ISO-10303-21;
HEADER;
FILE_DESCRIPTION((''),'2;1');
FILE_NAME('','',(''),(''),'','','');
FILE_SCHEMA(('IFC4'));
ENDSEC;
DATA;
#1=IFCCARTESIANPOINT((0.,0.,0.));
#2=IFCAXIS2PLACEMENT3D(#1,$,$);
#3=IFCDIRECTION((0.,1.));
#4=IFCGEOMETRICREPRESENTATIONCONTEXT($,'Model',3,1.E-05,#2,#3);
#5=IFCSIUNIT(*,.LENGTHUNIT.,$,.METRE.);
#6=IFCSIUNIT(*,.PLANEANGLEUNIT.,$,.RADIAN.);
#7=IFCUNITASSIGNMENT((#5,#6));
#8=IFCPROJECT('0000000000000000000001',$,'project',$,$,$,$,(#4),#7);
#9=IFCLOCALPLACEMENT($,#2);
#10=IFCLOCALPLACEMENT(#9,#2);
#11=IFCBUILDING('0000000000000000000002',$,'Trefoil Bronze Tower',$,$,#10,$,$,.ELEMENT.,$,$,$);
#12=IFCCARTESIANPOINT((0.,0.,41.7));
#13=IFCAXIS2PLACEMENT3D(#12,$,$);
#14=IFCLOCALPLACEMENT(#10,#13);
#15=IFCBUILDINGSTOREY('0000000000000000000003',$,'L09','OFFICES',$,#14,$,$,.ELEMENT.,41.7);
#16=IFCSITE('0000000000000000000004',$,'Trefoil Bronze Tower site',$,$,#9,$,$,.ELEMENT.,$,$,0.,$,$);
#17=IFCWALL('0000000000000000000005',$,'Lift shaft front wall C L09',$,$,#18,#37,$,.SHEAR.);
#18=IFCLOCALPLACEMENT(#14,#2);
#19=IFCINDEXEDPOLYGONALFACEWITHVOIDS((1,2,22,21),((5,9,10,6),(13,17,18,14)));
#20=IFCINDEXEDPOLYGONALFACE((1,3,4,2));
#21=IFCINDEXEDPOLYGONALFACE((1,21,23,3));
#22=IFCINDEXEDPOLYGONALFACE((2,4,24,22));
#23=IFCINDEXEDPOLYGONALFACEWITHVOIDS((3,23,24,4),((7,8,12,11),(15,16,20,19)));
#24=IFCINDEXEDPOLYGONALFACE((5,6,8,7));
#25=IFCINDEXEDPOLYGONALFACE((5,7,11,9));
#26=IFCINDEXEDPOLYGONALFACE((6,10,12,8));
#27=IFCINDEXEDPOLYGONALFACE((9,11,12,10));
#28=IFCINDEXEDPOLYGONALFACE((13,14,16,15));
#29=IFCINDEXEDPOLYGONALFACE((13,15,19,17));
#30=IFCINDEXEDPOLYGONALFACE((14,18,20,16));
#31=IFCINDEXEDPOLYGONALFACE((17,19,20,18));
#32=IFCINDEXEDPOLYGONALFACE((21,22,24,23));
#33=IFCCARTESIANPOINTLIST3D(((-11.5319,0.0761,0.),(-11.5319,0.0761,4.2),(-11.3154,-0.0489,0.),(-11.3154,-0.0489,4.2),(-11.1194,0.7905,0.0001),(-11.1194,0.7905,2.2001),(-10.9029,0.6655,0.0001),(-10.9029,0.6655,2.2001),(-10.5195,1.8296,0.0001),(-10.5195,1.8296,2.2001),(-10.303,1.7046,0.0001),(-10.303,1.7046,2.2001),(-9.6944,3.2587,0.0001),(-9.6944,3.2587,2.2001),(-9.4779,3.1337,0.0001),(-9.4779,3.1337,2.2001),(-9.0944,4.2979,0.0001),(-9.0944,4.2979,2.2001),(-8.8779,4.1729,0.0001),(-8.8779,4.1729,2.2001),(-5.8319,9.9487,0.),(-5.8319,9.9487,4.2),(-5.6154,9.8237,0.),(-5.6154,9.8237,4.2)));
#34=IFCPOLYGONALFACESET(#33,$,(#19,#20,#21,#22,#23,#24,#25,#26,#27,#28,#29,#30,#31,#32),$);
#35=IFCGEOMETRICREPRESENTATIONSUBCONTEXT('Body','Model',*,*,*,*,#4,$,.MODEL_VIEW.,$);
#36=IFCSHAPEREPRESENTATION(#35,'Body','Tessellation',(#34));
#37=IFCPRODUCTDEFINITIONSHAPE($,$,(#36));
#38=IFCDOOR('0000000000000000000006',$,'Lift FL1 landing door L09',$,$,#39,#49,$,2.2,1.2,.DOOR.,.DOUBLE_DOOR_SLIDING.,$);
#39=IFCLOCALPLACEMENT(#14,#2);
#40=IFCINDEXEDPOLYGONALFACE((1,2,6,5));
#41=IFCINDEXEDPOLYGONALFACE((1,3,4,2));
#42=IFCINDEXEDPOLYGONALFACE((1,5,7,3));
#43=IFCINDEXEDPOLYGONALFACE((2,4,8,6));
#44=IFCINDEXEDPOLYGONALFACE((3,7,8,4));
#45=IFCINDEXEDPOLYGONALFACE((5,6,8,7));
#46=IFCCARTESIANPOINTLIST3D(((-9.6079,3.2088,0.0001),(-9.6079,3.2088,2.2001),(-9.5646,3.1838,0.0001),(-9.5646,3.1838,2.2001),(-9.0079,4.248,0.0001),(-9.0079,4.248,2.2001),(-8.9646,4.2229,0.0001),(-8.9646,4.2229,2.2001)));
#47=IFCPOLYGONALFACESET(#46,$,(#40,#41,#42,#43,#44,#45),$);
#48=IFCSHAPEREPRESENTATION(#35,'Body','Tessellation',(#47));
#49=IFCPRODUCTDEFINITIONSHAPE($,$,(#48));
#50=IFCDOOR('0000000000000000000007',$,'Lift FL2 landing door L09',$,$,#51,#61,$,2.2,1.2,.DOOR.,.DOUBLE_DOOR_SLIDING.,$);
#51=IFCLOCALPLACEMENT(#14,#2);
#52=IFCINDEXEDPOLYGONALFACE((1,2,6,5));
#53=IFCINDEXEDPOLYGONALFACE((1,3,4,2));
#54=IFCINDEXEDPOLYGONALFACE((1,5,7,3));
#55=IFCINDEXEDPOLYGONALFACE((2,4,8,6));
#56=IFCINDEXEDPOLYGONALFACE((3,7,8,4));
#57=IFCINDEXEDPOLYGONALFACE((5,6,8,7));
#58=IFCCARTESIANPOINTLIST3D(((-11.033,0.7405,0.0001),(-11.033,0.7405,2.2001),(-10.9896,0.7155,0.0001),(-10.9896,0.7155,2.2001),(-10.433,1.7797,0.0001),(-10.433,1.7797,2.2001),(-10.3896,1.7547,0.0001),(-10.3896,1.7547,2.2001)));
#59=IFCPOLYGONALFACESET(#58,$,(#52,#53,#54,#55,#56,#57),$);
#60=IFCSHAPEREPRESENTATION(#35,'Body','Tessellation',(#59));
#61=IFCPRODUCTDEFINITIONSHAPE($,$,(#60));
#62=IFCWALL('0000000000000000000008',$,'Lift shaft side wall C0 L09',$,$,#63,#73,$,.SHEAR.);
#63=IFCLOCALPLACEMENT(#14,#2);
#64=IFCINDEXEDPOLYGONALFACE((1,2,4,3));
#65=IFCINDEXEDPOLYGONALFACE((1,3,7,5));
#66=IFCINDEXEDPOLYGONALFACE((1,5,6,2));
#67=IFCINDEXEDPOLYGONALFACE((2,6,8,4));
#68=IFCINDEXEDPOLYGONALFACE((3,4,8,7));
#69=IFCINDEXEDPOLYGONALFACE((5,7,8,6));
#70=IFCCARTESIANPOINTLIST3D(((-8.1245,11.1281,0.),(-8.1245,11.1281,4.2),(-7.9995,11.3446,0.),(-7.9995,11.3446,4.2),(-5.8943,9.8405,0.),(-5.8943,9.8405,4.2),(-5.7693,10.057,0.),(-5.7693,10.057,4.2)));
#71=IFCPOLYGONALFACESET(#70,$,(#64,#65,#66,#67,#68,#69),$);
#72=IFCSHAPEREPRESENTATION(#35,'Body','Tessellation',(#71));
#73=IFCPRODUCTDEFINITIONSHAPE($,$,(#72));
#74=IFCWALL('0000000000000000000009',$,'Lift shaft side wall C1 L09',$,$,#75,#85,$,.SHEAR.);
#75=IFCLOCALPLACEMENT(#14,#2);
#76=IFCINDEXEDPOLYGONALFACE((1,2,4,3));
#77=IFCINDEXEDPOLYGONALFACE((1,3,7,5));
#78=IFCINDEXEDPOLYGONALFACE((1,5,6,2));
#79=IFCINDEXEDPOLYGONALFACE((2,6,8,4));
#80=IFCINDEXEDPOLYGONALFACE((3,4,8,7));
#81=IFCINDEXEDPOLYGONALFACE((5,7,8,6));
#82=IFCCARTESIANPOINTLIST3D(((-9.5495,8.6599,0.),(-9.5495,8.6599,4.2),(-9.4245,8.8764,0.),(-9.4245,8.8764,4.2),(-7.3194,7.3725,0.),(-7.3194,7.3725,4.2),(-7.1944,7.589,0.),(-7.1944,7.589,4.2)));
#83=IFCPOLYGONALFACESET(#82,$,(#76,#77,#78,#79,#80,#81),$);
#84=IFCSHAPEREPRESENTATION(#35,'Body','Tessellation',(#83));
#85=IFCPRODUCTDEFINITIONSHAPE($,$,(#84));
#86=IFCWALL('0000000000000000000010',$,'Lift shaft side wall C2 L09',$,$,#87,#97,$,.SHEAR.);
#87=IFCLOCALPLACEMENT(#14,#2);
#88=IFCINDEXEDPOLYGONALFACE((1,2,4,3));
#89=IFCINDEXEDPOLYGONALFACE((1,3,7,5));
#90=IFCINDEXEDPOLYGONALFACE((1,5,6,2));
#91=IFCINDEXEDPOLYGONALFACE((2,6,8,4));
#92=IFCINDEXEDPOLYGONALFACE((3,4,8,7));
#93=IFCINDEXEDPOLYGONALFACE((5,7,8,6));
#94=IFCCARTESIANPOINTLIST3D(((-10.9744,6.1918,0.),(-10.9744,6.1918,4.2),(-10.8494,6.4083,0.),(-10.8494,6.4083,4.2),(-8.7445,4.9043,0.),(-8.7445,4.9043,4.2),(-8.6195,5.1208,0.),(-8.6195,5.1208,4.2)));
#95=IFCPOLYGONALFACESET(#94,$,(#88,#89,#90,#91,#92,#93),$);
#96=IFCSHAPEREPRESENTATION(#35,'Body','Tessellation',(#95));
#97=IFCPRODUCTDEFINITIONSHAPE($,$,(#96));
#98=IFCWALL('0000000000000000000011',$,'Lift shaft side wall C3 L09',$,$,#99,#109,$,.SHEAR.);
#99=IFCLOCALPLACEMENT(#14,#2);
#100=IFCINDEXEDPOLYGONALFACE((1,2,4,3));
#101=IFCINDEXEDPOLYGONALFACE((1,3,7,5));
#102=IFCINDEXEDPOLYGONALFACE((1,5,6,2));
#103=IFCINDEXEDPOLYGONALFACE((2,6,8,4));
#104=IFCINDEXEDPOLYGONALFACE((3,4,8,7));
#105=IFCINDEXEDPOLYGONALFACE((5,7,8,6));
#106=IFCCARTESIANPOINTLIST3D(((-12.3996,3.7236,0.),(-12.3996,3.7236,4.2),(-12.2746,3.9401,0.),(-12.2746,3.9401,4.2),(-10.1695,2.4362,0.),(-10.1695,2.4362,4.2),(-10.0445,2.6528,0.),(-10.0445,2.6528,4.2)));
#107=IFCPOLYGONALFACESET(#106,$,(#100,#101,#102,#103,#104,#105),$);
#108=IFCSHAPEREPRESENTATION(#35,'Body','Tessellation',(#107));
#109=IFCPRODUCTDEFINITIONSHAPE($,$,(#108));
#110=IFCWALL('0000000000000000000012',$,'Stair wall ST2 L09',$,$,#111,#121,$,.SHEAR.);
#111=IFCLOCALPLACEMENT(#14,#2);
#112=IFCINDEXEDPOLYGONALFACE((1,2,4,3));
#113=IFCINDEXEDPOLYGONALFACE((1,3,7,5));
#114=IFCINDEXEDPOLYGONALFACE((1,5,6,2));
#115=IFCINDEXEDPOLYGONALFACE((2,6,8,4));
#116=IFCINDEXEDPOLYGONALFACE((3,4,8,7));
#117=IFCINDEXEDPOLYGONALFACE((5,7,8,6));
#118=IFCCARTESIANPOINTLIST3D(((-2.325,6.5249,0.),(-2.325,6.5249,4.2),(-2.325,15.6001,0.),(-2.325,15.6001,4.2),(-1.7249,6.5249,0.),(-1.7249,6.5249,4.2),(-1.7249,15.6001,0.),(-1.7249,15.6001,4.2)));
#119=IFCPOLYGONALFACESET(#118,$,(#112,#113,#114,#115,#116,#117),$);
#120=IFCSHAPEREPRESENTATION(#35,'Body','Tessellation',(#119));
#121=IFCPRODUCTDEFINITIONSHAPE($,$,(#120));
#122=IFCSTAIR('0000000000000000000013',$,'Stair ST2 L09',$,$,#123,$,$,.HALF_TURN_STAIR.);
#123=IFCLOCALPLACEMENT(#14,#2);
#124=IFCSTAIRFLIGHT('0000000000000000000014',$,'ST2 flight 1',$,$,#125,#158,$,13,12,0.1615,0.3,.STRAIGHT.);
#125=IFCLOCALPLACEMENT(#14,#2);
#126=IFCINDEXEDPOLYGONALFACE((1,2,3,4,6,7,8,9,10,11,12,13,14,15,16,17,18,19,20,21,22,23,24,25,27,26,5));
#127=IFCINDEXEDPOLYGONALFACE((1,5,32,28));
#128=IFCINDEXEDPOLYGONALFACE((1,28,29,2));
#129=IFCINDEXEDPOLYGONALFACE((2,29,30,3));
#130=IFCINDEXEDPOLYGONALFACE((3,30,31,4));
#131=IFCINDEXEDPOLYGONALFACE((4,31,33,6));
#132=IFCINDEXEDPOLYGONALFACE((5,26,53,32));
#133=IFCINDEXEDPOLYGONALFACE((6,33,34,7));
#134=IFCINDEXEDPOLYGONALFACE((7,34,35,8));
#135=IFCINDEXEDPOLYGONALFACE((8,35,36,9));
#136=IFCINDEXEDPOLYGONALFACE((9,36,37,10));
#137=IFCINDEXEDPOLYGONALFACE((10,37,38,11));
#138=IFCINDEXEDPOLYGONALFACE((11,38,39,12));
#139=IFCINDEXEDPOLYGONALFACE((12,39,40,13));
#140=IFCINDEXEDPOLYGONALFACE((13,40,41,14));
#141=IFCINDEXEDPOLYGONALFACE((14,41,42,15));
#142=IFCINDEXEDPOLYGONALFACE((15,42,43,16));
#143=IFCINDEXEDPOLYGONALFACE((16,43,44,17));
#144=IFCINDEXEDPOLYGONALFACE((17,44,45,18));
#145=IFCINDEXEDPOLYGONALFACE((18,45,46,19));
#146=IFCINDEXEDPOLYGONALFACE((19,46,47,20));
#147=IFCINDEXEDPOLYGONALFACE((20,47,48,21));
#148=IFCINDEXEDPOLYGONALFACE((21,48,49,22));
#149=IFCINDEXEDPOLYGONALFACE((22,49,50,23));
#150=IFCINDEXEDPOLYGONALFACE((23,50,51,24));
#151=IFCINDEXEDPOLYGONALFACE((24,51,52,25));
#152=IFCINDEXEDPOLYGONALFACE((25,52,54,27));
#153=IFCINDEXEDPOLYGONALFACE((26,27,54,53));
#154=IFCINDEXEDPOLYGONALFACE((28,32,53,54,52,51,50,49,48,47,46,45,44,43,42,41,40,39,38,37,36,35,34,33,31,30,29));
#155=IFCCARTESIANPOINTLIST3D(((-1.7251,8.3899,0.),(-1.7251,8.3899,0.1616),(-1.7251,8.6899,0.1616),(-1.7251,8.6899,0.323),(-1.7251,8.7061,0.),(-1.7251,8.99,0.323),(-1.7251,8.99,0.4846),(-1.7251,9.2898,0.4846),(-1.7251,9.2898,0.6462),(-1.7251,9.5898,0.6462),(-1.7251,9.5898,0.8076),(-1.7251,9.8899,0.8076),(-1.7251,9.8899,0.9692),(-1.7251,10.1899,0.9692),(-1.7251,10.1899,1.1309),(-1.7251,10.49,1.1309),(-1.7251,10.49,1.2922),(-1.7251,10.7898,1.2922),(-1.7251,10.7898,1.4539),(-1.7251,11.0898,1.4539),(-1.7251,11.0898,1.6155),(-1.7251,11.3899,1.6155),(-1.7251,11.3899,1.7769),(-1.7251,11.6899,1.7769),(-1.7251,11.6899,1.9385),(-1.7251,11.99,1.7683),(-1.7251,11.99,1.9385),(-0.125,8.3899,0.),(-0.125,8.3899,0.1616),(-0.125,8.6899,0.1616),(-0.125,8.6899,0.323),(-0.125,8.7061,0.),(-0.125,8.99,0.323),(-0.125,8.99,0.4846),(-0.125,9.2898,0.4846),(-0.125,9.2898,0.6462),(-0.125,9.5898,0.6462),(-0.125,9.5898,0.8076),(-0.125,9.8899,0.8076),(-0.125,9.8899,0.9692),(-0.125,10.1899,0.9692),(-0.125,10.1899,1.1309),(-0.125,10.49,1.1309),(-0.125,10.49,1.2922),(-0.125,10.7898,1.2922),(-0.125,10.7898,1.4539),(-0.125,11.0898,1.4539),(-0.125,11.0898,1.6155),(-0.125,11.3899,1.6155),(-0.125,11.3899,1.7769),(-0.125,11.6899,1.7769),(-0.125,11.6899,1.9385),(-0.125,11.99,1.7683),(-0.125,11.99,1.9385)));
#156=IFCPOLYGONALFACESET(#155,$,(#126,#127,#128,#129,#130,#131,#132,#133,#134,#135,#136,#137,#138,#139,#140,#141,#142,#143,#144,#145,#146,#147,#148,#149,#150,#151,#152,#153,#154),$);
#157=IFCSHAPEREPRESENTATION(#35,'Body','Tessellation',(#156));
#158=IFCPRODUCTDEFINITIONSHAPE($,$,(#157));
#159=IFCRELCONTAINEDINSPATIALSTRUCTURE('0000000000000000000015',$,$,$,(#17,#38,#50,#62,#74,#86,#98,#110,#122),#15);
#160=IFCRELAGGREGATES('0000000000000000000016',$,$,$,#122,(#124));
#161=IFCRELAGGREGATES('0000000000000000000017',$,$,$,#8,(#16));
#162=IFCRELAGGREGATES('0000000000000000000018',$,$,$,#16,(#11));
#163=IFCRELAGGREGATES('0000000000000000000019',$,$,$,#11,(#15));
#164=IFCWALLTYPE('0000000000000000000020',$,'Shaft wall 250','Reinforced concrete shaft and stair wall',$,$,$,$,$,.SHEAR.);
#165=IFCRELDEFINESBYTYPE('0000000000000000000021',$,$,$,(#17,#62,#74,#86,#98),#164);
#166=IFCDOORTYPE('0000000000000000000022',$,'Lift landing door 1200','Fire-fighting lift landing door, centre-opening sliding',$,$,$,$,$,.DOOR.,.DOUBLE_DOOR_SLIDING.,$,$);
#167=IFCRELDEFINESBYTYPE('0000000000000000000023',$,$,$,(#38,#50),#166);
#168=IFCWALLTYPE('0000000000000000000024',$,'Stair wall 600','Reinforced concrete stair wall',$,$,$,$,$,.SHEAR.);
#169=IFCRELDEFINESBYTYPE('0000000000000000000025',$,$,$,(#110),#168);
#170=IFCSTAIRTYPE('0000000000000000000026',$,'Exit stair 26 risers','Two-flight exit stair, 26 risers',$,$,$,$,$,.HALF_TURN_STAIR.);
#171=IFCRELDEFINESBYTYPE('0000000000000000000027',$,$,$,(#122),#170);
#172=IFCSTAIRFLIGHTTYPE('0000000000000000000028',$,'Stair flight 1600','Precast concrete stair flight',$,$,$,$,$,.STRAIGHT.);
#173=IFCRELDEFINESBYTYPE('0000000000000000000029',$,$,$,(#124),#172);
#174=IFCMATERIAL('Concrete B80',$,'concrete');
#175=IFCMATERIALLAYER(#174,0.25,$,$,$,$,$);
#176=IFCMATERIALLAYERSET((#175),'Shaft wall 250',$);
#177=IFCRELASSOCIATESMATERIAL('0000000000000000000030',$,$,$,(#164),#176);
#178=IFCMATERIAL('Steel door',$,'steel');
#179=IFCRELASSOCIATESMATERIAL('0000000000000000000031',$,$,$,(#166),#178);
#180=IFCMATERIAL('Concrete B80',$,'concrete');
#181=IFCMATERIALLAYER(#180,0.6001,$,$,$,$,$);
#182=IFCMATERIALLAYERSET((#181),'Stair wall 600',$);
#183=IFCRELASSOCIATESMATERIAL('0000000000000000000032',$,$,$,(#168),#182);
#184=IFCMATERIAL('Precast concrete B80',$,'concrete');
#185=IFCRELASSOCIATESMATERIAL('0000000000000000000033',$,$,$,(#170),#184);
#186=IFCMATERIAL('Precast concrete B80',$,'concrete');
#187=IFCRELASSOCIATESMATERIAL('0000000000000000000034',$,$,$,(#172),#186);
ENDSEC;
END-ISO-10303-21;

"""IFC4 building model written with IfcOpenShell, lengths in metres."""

from ifc_helpers import new_model, si_unit, direction, frame, frame_2d, origin, place, context, subcontext, project, spatial, polyline, rectangle, outline, extrude, material, layer, layer_set, type_object, element, fill, aggregate, save


model = new_model("IFC4")

# Units and contexts
model_context = context("Model", 3, precision=1e-05, world=origin(), true_north=direction((0.0, 1.0)))
body_context = subcontext(model_context, "Body", "Model", "MODEL_VIEW")
ifc_project = project(units=[si_unit("LENGTHUNIT", "METRE"), si_unit("PLANEANGLEUNIT", "RADIAN")], contexts=[model_context])

# Site, building, storey
site_placement = place(None, origin())
site = spatial("IfcSite", under=ifc_project, at=site_placement, Name="Trefoil Bronze Tower site", CompositionType="ELEMENT", RefElevation=0.0)
building_placement = place(site_placement, origin())
building = spatial("IfcBuilding", under=site, at=building_placement, Name="Trefoil Bronze Tower", CompositionType="ELEMENT")
storey_placement = place(building_placement, frame((0.0, 0.0, 41.7)))
storey = spatial("IfcBuildingStorey", under=building, at=storey_placement, Name="L09", Description="OFFICES", CompositionType="ELEMENT", Elevation=41.7)

# Wall, openings, doors
ifc_material_1 = material(Name="Concrete B80", Category="concrete")
ifc_layer_1 = layer(ifc_material_1, 0.25)
ifc_layer_set_1 = layer_set([ifc_layer_1], Name="Shaft wall 250")
wall_type_1 = type_object("IfcWallType", Name="Shaft wall 250", Description="Reinforced concrete shaft and stair wall", PredefinedType="SHEAR", material=ifc_layer_set_1)
wall_1_placement = place(storey_placement, frame((-5.7236, 9.8862, 0.0), z_axis=(0.0, 0.0, 1.0), x_axis=(-0.500002, -0.866024, 0.0)))
wall_1 = element("IfcWall", 1, at=wall_1_placement, inside=storey, type_object=wall_type_1, Name="Lift shaft front wall C L09", PredefinedType="SHEAR", context=body_context, shape_type="SweptSolid", body=[
    extrude(rectangle(XDim=11.3999, YDim=0.25, at=frame_2d((5.7, 0.0))), origin(), (0.0, 0.0, 1.0), 4.2),
])
opening_1_placement = place(wall_1_placement, frame((6.5249, 0.0, 0.0)))
opening_1 = element("IfcOpeningElement", 2, at=opening_1_placement, cuts=wall_1, PredefinedType="OPENING", context=body_context, shape_type="SweptSolid", body=[
    extrude(rectangle(XDim=1.2, YDim=2.2, at=frame_2d((0.6001, 1.1001))), frame((0.0, 0.135, 0.0), z_axis=(0.0, -1.0, 0.0), x_axis=(1.0, 0.0, 0.0)), (0.0, 0.0, 1.0), 0.27),
])
opening_2_placement = place(wall_1_placement, frame((9.375, 0.0, 0.0)))
opening_2 = element("IfcOpeningElement", 3, at=opening_2_placement, cuts=wall_1, PredefinedType="OPENING", context=body_context, shape_type="SweptSolid", body=[
    extrude(rectangle(XDim=1.2, YDim=2.2, at=frame_2d((0.6001, 1.1001))), frame((0.0, 0.135, 0.0), z_axis=(0.0, -1.0, 0.0), x_axis=(1.0, 0.0, 0.0)), (0.0, 0.0, 1.0), 0.27),
])
ifc_material_2 = material(Name="Steel door", Category="steel")
door_type_1 = type_object("IfcDoorType", Name="Lift landing door 1200", Description="Fire-fighting lift landing door, centre-opening sliding", OperationType="DOUBLE_DOOR_SLIDING", PredefinedType="DOOR", material=ifc_material_2)
door_1_placement = place(opening_1_placement, origin())
door_1 = element("IfcDoor", 4, at=door_1_placement, inside=storey, type_object=door_type_1, Name="Lift FL1 landing door L09", OperationType="DOUBLE_DOOR_SLIDING", OverallHeight=2.2, OverallWidth=1.2, PredefinedType="DOOR", context=body_context, shape_type="SweptSolid", body=[
    extrude(rectangle(XDim=1.2, YDim=2.2, at=frame_2d((0.6001, 1.1001))), frame((0.0, 0.0249, 0.0), z_axis=(0.0, -1.0, 0.0), x_axis=(1.0, 0.0, 0.0)), (0.0, 0.0, 1.0), 0.05),
])
fill(opening_1, door_1)
door_2_placement = place(opening_2_placement, origin())
door_2 = element("IfcDoor", 5, at=door_2_placement, inside=storey, type_object=door_type_1, Name="Lift FL2 landing door L09", OperationType="DOUBLE_DOOR_SLIDING", OverallHeight=2.2, OverallWidth=1.2, PredefinedType="DOOR", context=body_context, shape_type="SweptSolid", body=[
    extrude(rectangle(XDim=1.2, YDim=2.2, at=frame_2d((0.6001, 1.1001))), frame((0.0, 0.0249, 0.0), z_axis=(0.0, -1.0, 0.0), x_axis=(1.0, 0.0, 0.0)), (0.0, 0.0, 1.0), 0.05),
])
fill(opening_2, door_2)

# Walls
wall_2_placement = place(storey_placement, frame((-5.8318, 9.9487, 0.0), z_axis=(0.0, 0.0, 1.0), x_axis=(-0.866029, 0.499993, 0.0)))
element("IfcWall", 6, at=wall_2_placement, inside=storey, type_object=wall_type_1, Name="Lift shaft side wall C0 L09", PredefinedType="SHEAR", context=body_context, shape_type="SweptSolid", body=[
    extrude(rectangle(XDim=2.5752, YDim=0.25, at=frame_2d((1.2876, 0.0))), origin(), (0.0, 0.0, 1.0), 4.2),
])
for number, where, z_axis, x_axis, name in (
    (7, (-7.2568, 7.4807, 0.0), (0.0, 0.0, 1.0), (-0.866047, 0.499963, 0.0), "Lift shaft side wall C1 L09"),
    (8, (-8.6819, 5.0125, 0.0), (0.0, 0.0, 1.0), (-0.866006, 0.500034, 0.0), "Lift shaft side wall C2 L09"),
    (9, (-10.1069, 2.5444, 0.0), (0.0, 0.0, 1.0), (-0.866047, 0.499963, 0.0), "Lift shaft side wall C3 L09"),
):
    element("IfcWall", number, at=place(storey_placement, frame(where, z_axis=z_axis, x_axis=x_axis)), inside=storey, type_object=wall_type_1, Name=name, PredefinedType="SHEAR", context=body_context, shape_type="SweptSolid", body=[
        extrude(rectangle(XDim=2.575, YDim=0.25, at=frame_2d((1.2876, 0.0))), origin(), (0.0, 0.0, 1.0), 4.2),
    ])
ifc_material_3 = material(Name="Concrete B80", Category="concrete")
ifc_layer_2 = layer(ifc_material_3, 0.6001)
ifc_layer_set_2 = layer_set([ifc_layer_2], Name="Stair wall 600")
wall_type_2 = type_object("IfcWallType", Name="Stair wall 600", Description="Reinforced concrete stair wall", PredefinedType="SHEAR", material=ifc_layer_set_2)
wall_3_placement = place(storey_placement, frame((-2.0249, 6.5249, 0.0), z_axis=(0.0, 0.0, 1.0), x_axis=(0.0, 1.0, 0.0)))
element("IfcWall", 10, at=wall_3_placement, inside=storey, type_object=wall_type_2, Name="Stair wall ST2 L09", PredefinedType="SHEAR", context=body_context, shape_type="SweptSolid", body=[
    extrude(rectangle(XDim=9.0752, YDim=0.6001, at=frame_2d((4.5376, 0.0))), origin(), (0.0, 0.0, 1.0), 4.2),
])

# Stair, stair flight
ifc_material_4 = material(Name="Precast concrete B80", Category="concrete")
stair_type = type_object("IfcStairType", Name="Exit stair 26 risers", Description="Two-flight exit stair, 26 risers", PredefinedType="HALF_TURN_STAIR", material=ifc_material_4)
stair_placement = place(storey_placement, origin())
stair = element("IfcStair", 11, at=stair_placement, inside=storey, type_object=stair_type, Name="Stair ST2 L09", PredefinedType="HALF_TURN_STAIR")
ifc_material_5 = material(Name="Precast concrete B80", Category="concrete")
stair_flight_type = type_object("IfcStairFlightType", Name="Stair flight 1600", Description="Precast concrete stair flight", PredefinedType="STRAIGHT", material=ifc_material_5)
stair_flight_placement = place(storey_placement, frame((-0.925, 8.3899, 0.0), z_axis=(0.0, 0.0, 1.0), x_axis=(0.0, 1.0, 0.0)))
stair_flight = element("IfcStairFlight", 12, at=stair_flight_placement, type_object=stair_flight_type, Name="ST2 flight 1", NumberOfRisers=13, NumberOfTreads=12, PredefinedType="STRAIGHT", RiserHeight=0.1615, TreadLength=0.3, context=body_context, shape_type="SweptSolid", body=[
    extrude(outline(polyline([(0.0, 0.0), (0.0, 0.1616), (0.3, 0.1616), (0.3, 0.323), (0.6001, 0.323), (0.6001, 0.4846), (0.8999, 0.4846), (0.8999, 0.6462), (1.2, 0.6462), (1.2, 0.8076), (1.5, 0.8076), (1.5, 0.9692), (1.8, 0.9692), (1.8, 1.1309), (2.1001, 1.1309), (2.1001, 1.2922), (2.3999, 1.2922), (2.3999, 1.4539), (2.7, 1.4539), (2.7, 1.6155), (3.0, 1.6155), (3.0, 1.7769), (3.3, 1.7769), (3.3, 1.9385), (3.6001, 1.9385), (3.6001, 2.1001), (3.6001, 1.7683), (0.3162, 0.0), (0.0, 0.0)])), frame((0.0, 0.8, 0.0), z_axis=(0.0, -1.0, 0.0), x_axis=(1.0, 0.0, 0.0)), (0.0, 0.0, 1.0), 1.6001),
])
aggregate(stair, [stair_flight])

save(model, "model.ifc")
